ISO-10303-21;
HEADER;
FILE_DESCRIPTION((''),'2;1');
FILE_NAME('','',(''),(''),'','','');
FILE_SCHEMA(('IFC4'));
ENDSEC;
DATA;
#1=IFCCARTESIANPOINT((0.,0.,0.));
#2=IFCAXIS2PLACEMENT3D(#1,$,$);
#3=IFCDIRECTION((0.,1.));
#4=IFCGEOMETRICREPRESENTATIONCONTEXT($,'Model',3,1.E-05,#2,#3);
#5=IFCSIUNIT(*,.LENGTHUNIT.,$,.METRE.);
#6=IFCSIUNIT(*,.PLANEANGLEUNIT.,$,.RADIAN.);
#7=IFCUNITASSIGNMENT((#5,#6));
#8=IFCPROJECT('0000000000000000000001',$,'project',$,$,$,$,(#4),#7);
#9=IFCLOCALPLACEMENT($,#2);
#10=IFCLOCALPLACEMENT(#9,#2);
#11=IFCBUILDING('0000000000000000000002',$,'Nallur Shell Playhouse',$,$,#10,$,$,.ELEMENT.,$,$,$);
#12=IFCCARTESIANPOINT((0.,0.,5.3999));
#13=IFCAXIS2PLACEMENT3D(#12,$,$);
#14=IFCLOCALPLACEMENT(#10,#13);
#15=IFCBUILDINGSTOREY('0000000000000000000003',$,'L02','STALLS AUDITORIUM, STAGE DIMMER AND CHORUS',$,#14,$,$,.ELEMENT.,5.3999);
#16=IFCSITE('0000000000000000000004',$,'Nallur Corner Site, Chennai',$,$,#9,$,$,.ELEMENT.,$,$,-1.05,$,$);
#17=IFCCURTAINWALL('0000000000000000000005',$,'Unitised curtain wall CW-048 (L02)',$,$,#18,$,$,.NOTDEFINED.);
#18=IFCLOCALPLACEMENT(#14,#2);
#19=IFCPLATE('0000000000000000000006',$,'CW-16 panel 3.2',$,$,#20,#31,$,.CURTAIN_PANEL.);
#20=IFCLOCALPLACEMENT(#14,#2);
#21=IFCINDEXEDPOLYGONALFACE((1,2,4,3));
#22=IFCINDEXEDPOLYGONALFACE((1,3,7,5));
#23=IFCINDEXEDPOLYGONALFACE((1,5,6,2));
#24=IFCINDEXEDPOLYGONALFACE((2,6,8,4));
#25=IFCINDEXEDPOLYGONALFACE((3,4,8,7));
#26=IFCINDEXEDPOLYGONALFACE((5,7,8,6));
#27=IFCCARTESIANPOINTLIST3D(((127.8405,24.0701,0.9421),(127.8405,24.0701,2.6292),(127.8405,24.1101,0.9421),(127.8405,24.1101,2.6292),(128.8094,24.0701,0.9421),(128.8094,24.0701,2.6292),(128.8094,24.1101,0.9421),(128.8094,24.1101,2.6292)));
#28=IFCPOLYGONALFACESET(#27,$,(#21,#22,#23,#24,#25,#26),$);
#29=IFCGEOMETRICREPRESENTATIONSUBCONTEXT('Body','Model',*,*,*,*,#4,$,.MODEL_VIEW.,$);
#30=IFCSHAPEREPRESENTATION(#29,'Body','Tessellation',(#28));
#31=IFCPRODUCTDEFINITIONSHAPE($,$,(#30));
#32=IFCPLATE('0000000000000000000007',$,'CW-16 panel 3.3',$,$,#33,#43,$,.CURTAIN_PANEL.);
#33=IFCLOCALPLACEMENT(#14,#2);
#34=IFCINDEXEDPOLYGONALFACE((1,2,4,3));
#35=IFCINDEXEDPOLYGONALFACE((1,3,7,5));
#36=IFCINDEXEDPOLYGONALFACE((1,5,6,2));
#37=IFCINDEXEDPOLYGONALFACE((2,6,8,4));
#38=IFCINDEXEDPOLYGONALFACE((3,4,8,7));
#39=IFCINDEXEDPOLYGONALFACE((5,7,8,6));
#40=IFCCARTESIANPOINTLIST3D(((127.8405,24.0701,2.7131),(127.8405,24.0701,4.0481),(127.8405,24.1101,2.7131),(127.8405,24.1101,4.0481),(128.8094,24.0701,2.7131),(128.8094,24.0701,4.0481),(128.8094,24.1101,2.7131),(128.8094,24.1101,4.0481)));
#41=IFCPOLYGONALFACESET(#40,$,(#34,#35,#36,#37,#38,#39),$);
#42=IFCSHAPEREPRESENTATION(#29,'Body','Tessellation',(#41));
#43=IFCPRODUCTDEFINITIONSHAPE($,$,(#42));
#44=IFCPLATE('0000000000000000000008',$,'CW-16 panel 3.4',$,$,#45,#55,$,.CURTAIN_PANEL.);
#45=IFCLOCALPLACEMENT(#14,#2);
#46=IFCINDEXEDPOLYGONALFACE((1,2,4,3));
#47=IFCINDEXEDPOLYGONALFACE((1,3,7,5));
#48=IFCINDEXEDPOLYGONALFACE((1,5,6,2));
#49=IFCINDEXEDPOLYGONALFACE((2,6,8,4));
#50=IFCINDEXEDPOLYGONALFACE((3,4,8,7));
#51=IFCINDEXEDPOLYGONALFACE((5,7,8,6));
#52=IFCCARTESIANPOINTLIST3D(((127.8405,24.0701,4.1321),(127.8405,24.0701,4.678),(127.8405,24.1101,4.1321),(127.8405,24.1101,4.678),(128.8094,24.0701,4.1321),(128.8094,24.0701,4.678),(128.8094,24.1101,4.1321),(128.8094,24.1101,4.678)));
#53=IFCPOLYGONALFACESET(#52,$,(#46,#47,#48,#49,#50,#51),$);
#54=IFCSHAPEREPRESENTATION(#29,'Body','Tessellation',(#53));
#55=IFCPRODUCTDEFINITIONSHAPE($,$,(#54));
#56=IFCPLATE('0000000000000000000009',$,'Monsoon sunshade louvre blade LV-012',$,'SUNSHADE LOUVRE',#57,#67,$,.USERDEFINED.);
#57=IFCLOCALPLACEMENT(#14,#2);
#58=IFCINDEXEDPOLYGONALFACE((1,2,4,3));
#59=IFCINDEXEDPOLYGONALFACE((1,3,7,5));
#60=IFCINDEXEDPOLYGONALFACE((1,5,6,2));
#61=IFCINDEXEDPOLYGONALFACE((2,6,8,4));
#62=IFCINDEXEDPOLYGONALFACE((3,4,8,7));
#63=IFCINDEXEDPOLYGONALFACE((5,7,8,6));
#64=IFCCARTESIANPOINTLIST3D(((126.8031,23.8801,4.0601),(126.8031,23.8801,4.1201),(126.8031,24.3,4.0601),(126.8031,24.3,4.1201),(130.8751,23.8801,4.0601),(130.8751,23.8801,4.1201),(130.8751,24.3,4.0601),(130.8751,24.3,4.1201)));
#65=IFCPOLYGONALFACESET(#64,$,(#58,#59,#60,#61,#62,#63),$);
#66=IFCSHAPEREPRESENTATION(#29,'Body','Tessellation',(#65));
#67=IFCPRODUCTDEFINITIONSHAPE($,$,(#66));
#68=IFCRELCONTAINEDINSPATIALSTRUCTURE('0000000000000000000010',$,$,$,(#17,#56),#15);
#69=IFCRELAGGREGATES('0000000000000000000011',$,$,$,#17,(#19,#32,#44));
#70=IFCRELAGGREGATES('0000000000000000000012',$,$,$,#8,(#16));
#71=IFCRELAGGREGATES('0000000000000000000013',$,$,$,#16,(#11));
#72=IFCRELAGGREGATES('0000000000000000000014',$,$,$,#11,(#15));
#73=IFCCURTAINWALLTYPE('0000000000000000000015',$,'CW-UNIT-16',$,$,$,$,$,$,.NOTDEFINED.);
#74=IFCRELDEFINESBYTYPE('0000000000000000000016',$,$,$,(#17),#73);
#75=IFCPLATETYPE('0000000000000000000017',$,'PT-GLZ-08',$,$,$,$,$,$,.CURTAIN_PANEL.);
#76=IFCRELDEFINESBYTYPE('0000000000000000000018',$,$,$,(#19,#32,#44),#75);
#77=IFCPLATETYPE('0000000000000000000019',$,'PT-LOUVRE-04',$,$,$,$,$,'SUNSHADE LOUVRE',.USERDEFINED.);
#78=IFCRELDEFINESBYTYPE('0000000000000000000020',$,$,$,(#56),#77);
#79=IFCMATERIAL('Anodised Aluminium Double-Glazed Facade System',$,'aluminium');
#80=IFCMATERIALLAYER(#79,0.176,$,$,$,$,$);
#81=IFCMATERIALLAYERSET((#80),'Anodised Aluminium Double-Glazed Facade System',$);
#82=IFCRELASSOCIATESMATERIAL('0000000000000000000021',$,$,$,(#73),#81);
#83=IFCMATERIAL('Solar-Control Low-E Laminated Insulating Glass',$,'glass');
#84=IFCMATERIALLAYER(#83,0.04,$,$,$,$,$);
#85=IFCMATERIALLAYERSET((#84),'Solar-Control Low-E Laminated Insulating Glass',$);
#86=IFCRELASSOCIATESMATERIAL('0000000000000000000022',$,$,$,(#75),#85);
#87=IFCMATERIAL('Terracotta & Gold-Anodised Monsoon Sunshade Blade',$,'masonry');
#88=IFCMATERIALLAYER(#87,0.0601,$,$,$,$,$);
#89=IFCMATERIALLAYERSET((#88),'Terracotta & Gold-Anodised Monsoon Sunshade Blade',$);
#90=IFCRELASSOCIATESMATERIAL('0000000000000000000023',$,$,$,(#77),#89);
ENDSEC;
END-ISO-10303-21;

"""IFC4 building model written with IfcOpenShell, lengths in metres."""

from ifc_helpers import new_model, si_unit, direction, frame, origin, origin_2d, place, context, subcontext, project, spatial, rectangle, extrude, material, layer, layer_set, type_object, element, aggregate, save


model = new_model("IFC4")

# Units and contexts
model_context = context("Model", 3, precision=1e-05, world=origin(), true_north=direction((0.0, 1.0)))
body_context = subcontext(model_context, "Body", "Model", "MODEL_VIEW")
ifc_project = project(units=[si_unit("LENGTHUNIT", "METRE"), si_unit("PLANEANGLEUNIT", "RADIAN")], contexts=[model_context])

# Site, building, storey
site_placement = place(None, origin())
site = spatial("IfcSite", under=ifc_project, at=site_placement, Name="Nallur Corner Site, Chennai", CompositionType="ELEMENT", RefElevation=-1.05)
building_placement = place(site_placement, origin())
building = spatial("IfcBuilding", under=site, at=building_placement, Name="Nallur Shell Playhouse", CompositionType="ELEMENT")
storey_placement = place(building_placement, frame((0.0, 0.0, 5.3999)))
storey = spatial("IfcBuildingStorey", under=building, at=storey_placement, Name="L02", Description="STALLS AUDITORIUM, STAGE DIMMER AND CHORUS", CompositionType="ELEMENT", Elevation=5.3999)

# Shared definitions
ifc_material_1 = material(Name="Anodised Aluminium Double-Glazed Facade System", Category="aluminium")

# Curtain wall
ifc_layer_1 = layer(ifc_material_1, 0.176)
ifc_layer_set_1 = layer_set([ifc_layer_1], Name="Anodised Aluminium Double-Glazed Facade System")
curtain_wall_type_1 = type_object("IfcCurtainWallType", Name="CW-UNIT-16", PredefinedType="NOTDEFINED", material=ifc_layer_set_1)
curtain_wall_1_placement = place(storey_placement, origin())
curtain_wall_1 = element("IfcCurtainWall", 1, at=curtain_wall_1_placement, inside=storey, type_object=curtain_wall_type_1, Name="Unitised curtain wall CW-048 (L02)", PredefinedType="NOTDEFINED")

# Plates
ifc_material_2 = material(Name="Solar-Control Low-E Laminated Insulating Glass", Category="glass")
ifc_layer_2 = layer(ifc_material_2, 0.04)
ifc_layer_set_2 = layer_set([ifc_layer_2], Name="Solar-Control Low-E Laminated Insulating Glass")
plate_type_1 = type_object("IfcPlateType", Name="PT-GLZ-08", PredefinedType="CURTAIN_PANEL", material=ifc_layer_set_2)
plate_1_placement = place(storey_placement, frame((128.325, 24.0901, 0.9421), z_axis=(0.0, 0.0, 1.0), x_axis=(-1.0, 0.0, 0.0)))
plate_1 = element("IfcPlate", 2, at=plate_1_placement, type_object=plate_type_1, Name="CW-16 panel 3.2", PredefinedType="CURTAIN_PANEL", context=body_context, shape_type="SweptSolid", body=[
    extrude(rectangle(XDim=0.969, YDim=0.04, at=origin_2d()), origin(), (0.0, 0.0, 1.0), 1.687),
])
plate_2_placement = place(storey_placement, frame((128.325, 24.0901, 2.7131), z_axis=(0.0, 0.0, 1.0), x_axis=(-1.0, 0.0, 0.0)))
plate_2 = element("IfcPlate", 3, at=plate_2_placement, type_object=plate_type_1, Name="CW-16 panel 3.3", PredefinedType="CURTAIN_PANEL", context=body_context, shape_type="SweptSolid", body=[
    extrude(rectangle(XDim=0.969, YDim=0.04, at=origin_2d()), origin(), (0.0, 0.0, 1.0), 1.335),
])
plate_3_placement = place(storey_placement, frame((128.325, 24.0901, 4.1321), z_axis=(0.0, 0.0, 1.0), x_axis=(-1.0, 0.0, 0.0)))
plate_3 = element("IfcPlate", 4, at=plate_3_placement, type_object=plate_type_1, Name="CW-16 panel 3.4", PredefinedType="CURTAIN_PANEL", context=body_context, shape_type="SweptSolid", body=[
    extrude(rectangle(XDim=0.969, YDim=0.04, at=origin_2d()), origin(), (0.0, 0.0, 1.0), 0.5459),
])
aggregate(curtain_wall_1, [plate_1, plate_2, plate_3])
ifc_material_3 = material(Name="Terracotta & Gold-Anodised Monsoon Sunshade Blade", Category="masonry")
ifc_layer_3 = layer(ifc_material_3, 0.0601)
ifc_layer_set_3 = layer_set([ifc_layer_3], Name="Terracotta & Gold-Anodised Monsoon Sunshade Blade")
plate_type_2 = type_object("IfcPlateType", Name="PT-LOUVRE-04", ElementType="SUNSHADE LOUVRE", PredefinedType="USERDEFINED", material=ifc_layer_set_3)
plate_4_placement = place(storey_placement, frame((128.8391, 24.0901, 4.0601), z_axis=(0.0, 0.0, 1.0), x_axis=(-1.0, 0.0, 0.0)))
element("IfcPlate", 5, at=plate_4_placement, inside=storey, type_object=plate_type_2, Name="Monsoon sunshade louvre blade LV-012", ObjectType="SUNSHADE LOUVRE", PredefinedType="USERDEFINED", context=body_context, shape_type="SweptSolid", body=[
    extrude(rectangle(XDim=4.072, YDim=0.4199, at=origin_2d()), origin(), (0.0, 0.0, 1.0), 0.0601),
])

save(model, "model.ifc")
